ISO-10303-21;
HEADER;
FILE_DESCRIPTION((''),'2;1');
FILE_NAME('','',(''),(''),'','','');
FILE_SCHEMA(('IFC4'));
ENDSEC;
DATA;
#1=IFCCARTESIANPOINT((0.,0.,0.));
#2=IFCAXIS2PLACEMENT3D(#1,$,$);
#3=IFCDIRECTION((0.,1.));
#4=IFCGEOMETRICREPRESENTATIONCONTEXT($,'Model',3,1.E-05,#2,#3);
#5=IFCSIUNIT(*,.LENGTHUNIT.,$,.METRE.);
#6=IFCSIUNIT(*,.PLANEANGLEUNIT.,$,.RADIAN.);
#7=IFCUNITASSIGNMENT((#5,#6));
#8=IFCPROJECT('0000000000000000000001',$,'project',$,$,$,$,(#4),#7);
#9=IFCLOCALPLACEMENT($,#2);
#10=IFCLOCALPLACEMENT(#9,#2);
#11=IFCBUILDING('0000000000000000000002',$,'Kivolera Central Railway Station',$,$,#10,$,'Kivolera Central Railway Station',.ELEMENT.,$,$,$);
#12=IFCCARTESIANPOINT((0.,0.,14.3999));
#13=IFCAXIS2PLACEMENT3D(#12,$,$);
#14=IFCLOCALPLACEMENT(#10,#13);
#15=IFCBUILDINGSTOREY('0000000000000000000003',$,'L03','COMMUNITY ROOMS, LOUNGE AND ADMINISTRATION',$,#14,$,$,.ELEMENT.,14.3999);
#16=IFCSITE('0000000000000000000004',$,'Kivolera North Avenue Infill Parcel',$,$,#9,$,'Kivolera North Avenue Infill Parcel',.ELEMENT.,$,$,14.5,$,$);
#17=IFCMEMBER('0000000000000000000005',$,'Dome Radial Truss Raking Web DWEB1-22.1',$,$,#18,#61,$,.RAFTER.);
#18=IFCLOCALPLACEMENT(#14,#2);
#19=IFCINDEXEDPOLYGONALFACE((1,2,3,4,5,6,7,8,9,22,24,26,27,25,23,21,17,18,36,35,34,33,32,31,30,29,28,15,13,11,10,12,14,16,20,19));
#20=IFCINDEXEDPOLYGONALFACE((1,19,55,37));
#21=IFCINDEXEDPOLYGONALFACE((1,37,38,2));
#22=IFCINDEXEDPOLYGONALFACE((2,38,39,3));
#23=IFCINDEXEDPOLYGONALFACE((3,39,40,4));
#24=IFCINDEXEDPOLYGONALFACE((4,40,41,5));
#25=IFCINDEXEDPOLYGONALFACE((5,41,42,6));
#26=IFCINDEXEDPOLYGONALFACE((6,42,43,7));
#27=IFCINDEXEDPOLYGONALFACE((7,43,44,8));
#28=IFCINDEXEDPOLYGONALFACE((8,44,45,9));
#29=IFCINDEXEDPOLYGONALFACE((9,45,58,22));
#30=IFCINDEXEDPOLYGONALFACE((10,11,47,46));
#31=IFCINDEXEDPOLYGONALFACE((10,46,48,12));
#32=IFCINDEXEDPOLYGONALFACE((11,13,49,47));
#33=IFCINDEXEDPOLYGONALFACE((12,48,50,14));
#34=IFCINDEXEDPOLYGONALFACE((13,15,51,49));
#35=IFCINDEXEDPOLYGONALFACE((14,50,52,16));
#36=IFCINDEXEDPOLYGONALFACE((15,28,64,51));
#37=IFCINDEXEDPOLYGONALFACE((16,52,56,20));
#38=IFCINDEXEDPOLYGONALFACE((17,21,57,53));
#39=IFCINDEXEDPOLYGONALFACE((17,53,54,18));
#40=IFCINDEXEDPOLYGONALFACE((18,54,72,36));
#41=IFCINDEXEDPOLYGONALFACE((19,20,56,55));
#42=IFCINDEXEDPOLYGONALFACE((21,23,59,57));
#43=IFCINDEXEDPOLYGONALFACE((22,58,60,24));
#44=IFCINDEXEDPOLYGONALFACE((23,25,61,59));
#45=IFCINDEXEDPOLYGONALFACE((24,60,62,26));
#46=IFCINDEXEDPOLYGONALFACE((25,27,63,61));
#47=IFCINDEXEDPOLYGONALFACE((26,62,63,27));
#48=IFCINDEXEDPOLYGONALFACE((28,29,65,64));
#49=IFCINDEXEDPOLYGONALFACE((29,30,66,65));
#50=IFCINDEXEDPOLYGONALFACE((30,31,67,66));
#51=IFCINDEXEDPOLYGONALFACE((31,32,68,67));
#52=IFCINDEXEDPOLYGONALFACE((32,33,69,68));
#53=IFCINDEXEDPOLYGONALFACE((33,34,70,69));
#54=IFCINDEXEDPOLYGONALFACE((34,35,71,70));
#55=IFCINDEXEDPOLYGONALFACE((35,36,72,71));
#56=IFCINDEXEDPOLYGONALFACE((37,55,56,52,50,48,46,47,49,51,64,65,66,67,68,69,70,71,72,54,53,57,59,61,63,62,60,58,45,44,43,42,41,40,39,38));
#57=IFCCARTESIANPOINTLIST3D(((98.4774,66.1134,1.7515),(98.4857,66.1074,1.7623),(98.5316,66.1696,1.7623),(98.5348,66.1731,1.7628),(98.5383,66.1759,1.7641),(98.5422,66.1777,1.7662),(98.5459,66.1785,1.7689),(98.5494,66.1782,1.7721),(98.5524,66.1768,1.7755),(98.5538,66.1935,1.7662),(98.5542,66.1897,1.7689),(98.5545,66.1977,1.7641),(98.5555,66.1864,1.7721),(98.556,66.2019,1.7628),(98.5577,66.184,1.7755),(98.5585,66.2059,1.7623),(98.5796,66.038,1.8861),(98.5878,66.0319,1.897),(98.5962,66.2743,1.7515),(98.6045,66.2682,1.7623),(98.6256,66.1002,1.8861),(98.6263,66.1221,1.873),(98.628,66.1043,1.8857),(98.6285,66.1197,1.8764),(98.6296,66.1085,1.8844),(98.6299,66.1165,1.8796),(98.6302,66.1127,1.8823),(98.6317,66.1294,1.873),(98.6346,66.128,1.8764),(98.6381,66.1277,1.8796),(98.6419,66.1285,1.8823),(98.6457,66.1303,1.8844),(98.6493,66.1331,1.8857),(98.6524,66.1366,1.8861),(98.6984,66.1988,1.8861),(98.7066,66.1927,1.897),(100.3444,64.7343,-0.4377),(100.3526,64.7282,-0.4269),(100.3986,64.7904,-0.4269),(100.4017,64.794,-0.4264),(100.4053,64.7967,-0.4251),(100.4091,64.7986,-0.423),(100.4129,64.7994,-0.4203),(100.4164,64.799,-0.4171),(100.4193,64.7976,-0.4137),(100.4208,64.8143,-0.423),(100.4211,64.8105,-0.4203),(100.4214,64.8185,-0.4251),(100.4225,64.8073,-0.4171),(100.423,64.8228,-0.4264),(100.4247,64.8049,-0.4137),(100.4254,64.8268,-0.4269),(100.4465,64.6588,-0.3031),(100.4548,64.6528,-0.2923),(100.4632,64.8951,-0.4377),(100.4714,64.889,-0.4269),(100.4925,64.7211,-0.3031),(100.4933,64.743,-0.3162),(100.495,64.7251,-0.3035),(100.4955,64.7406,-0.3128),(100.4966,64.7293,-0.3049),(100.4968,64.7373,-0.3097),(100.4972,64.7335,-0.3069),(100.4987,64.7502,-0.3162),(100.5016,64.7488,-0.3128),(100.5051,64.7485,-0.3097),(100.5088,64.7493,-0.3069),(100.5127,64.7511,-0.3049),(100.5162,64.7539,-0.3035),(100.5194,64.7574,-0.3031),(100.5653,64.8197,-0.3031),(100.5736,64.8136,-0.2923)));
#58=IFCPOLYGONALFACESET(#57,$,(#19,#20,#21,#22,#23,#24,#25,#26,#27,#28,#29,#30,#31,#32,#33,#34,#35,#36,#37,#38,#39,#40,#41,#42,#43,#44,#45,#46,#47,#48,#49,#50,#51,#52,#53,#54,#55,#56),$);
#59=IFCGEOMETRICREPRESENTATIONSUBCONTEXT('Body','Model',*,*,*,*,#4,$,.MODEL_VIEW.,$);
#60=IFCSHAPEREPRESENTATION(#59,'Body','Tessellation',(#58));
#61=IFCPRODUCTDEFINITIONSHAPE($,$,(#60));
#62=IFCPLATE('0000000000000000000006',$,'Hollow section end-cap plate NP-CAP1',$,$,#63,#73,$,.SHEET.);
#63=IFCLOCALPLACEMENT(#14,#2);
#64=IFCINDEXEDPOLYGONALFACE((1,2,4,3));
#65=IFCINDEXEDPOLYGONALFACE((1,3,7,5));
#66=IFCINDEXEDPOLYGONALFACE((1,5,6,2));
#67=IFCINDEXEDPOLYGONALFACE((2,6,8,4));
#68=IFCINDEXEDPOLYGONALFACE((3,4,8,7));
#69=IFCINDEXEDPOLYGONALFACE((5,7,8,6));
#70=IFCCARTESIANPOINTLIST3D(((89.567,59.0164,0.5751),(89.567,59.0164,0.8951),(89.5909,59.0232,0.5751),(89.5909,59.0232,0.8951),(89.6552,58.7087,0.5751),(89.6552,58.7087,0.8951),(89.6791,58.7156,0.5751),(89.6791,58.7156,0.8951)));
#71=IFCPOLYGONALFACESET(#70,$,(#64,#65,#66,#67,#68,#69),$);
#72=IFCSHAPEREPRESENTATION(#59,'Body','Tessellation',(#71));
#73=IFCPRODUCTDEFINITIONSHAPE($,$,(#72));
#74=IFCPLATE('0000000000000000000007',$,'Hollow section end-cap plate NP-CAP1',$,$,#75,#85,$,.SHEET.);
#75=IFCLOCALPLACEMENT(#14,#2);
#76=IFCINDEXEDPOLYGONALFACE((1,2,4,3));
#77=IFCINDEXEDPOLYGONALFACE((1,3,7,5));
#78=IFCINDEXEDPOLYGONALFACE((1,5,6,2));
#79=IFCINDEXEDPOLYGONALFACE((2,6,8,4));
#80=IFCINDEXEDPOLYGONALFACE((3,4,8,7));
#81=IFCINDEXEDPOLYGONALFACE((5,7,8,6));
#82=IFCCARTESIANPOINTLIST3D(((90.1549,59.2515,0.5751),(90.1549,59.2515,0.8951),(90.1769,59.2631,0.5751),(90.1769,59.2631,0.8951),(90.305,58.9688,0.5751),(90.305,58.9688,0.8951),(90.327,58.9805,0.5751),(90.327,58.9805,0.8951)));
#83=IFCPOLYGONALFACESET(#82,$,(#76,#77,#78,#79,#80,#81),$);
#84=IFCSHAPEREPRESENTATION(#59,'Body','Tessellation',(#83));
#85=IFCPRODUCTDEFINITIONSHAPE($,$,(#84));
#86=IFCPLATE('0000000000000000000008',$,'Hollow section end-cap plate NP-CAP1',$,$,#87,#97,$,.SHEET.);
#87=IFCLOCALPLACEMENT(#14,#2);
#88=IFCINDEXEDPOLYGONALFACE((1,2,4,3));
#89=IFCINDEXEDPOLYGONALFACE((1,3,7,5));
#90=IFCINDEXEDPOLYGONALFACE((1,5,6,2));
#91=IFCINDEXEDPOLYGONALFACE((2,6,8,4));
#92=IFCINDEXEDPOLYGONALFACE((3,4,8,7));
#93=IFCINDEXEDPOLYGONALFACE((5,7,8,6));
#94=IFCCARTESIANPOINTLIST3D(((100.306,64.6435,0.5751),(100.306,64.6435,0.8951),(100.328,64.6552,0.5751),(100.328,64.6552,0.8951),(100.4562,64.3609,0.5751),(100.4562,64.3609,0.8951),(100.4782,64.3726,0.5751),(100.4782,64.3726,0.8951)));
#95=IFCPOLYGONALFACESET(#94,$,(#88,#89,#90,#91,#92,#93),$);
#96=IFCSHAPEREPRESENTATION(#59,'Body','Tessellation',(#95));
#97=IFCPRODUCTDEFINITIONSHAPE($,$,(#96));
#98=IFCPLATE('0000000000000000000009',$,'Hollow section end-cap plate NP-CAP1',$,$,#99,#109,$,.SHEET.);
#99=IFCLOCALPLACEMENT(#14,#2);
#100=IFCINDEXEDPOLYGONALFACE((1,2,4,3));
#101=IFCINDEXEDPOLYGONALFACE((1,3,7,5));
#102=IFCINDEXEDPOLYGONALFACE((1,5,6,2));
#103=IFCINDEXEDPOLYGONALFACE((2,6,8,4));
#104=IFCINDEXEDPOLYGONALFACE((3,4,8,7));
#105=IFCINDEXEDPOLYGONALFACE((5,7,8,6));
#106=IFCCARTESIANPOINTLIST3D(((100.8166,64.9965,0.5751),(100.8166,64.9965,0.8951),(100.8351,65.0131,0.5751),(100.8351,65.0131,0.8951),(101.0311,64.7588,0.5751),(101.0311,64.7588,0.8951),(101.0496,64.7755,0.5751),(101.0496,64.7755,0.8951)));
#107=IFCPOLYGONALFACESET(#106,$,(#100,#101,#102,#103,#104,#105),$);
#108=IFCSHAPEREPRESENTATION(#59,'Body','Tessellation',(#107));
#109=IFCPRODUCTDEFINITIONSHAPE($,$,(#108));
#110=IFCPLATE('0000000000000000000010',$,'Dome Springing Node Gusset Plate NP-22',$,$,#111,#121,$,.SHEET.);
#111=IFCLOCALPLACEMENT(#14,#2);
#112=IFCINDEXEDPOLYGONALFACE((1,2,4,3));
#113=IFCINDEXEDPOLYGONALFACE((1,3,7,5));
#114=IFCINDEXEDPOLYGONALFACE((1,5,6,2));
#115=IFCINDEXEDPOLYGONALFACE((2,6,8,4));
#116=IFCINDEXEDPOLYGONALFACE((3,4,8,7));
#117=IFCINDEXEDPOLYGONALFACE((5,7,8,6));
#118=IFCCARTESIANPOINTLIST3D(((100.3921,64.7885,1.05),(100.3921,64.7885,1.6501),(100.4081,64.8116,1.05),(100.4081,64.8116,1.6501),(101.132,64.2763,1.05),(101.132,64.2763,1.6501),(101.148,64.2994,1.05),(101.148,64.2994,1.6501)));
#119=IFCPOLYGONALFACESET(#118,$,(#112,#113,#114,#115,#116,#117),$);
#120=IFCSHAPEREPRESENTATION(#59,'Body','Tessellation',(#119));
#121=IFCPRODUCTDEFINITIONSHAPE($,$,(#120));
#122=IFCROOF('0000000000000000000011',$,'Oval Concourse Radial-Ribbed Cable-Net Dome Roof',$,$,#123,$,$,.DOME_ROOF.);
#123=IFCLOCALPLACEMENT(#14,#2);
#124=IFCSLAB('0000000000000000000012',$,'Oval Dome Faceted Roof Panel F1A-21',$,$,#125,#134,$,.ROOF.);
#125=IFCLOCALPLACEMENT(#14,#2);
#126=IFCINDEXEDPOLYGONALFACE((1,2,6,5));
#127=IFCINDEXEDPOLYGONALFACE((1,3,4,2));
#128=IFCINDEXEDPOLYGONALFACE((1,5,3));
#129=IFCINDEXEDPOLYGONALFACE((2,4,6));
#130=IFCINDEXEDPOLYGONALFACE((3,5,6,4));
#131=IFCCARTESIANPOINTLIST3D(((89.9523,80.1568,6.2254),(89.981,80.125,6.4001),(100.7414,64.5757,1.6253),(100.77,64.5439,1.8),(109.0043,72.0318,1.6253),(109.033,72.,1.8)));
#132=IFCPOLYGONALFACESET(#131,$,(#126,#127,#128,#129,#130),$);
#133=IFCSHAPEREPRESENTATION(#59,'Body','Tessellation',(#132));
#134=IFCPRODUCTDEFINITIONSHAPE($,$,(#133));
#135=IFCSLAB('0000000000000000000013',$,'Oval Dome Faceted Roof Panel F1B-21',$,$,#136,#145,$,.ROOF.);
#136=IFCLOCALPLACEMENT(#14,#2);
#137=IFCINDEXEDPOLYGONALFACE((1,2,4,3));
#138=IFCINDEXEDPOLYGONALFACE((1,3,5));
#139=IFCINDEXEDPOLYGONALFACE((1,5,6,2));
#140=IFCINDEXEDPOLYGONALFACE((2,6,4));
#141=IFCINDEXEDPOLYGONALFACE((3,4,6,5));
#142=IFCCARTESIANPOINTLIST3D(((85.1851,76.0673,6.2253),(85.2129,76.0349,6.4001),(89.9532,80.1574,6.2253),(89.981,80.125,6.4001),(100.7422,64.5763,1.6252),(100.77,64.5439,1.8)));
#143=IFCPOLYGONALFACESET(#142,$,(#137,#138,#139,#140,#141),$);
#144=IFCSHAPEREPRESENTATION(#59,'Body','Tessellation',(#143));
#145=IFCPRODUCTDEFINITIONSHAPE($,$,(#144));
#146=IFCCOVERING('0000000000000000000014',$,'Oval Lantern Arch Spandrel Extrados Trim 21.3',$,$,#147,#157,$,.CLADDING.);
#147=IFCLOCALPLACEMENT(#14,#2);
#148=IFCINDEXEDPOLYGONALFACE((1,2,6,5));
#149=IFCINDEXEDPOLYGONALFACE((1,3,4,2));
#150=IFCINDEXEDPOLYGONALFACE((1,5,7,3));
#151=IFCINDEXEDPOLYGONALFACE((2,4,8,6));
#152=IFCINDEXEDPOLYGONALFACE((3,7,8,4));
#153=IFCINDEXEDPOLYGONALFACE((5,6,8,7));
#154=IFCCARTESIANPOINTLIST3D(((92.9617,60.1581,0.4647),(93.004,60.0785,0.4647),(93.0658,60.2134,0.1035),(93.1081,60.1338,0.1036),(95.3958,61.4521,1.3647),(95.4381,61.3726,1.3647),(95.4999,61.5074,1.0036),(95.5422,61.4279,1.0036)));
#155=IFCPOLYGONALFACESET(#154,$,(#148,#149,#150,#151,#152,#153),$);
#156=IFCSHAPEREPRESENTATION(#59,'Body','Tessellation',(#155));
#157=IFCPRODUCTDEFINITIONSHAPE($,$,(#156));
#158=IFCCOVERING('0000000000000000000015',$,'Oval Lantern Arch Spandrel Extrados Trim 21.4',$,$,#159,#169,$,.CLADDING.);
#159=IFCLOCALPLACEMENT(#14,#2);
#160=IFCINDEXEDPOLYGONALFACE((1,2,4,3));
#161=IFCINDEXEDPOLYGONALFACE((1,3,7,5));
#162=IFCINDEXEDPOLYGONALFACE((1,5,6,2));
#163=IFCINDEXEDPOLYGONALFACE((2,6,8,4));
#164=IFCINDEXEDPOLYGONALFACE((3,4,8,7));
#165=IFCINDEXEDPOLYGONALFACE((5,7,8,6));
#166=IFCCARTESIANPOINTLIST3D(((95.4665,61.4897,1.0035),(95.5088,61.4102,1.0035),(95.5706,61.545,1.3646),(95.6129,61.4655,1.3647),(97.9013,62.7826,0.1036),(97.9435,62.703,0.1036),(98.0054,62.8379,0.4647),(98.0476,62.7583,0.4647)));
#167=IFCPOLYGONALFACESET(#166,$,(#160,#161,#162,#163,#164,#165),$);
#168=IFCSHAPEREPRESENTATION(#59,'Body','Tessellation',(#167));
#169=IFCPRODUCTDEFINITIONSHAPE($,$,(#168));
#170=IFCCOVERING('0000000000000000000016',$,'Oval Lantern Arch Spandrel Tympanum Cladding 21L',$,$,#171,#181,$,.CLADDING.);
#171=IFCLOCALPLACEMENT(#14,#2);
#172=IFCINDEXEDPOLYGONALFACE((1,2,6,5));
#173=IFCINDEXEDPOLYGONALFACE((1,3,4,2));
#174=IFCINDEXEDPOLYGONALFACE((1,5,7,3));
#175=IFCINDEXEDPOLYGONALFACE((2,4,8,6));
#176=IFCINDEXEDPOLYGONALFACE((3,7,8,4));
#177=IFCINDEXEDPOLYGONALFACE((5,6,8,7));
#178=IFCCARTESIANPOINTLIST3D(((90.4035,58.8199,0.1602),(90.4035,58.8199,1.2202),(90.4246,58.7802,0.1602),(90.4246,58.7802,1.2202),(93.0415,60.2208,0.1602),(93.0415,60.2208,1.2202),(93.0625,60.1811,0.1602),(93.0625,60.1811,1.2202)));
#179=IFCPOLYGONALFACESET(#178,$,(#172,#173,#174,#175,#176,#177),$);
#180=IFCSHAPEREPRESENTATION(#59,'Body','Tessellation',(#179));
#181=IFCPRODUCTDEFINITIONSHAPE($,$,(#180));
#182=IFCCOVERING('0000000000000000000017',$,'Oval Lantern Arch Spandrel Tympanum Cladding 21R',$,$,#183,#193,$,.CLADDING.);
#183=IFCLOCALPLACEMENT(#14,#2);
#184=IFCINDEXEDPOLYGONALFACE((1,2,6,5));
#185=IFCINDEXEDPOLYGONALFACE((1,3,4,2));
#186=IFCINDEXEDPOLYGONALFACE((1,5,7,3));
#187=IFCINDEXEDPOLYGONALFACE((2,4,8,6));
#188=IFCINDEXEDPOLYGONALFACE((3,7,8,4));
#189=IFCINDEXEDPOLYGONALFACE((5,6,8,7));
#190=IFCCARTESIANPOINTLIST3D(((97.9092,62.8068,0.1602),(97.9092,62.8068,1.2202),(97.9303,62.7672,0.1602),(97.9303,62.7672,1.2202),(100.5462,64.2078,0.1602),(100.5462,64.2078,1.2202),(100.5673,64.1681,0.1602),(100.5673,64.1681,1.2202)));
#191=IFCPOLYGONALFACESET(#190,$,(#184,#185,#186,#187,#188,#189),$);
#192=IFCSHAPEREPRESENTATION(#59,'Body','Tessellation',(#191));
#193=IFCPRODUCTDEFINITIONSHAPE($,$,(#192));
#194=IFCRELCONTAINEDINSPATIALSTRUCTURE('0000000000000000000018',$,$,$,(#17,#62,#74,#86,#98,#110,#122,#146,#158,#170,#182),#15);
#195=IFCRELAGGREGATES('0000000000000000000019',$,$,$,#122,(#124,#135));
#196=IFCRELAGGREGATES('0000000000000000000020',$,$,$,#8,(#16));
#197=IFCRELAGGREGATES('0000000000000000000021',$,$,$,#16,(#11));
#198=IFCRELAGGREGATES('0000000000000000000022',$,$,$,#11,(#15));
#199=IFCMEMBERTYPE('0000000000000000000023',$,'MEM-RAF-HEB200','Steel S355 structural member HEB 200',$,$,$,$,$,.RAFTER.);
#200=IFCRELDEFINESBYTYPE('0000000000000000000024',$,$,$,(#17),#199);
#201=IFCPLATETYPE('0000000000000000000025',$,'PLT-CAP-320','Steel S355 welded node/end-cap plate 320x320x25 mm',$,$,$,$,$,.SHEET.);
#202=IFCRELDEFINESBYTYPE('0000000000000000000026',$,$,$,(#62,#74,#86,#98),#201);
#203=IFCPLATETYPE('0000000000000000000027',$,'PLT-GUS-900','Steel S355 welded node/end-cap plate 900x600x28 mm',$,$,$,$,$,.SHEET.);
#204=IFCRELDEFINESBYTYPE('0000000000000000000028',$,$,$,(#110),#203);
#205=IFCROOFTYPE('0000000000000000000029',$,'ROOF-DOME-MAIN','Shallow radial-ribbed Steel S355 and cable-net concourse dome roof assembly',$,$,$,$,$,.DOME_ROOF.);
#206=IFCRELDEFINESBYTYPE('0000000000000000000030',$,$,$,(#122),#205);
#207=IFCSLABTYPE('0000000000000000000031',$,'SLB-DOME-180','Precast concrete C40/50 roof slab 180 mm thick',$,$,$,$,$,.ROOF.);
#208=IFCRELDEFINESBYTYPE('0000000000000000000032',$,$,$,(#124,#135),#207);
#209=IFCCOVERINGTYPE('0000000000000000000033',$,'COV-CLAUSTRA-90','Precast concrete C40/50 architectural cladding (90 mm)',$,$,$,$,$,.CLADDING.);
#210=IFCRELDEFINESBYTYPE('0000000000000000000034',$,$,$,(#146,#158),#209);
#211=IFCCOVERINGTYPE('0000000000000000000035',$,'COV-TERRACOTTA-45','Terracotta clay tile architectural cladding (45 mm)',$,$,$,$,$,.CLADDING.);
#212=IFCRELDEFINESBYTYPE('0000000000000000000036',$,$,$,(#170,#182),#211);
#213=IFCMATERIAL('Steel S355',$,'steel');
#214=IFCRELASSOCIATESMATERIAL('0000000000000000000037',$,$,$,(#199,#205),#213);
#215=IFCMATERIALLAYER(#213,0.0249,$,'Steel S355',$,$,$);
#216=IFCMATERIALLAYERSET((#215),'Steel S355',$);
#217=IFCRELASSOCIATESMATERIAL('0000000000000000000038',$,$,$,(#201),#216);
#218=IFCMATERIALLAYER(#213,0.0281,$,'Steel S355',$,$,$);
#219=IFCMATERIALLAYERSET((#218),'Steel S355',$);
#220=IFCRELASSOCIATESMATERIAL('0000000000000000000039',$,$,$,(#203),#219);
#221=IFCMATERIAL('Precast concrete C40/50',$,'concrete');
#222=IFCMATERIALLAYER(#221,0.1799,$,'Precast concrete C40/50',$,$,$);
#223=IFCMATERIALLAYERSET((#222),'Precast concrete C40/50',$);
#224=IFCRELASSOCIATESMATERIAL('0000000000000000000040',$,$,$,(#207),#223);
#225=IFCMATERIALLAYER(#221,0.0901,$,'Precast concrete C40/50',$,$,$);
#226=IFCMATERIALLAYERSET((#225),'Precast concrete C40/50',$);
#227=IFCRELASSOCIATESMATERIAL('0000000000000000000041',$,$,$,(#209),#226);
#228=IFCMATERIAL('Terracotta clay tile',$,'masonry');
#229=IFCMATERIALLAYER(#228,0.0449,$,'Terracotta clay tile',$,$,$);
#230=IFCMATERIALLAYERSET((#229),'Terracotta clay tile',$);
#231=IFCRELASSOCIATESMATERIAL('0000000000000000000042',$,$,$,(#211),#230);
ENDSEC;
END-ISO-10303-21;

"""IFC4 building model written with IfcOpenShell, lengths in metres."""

from ifc_helpers import new_model, si_unit, direction, frame, frame_2d, origin, origin_2d, place, context, subcontext, project, spatial, polyline, rectangle, i_section, outline, extrude, material, layer, layer_set, material_profile, profile_set, type_object, element, aggregate, save


model = new_model("IFC4")

# Units and contexts
model_context = context("Model", 3, precision=1e-05, world=origin(), true_north=direction((0.0, 1.0)))
body_context = subcontext(model_context, "Body", "Model", "MODEL_VIEW")
ifc_project = project(units=[si_unit("LENGTHUNIT", "METRE"), si_unit("PLANEANGLEUNIT", "RADIAN")], contexts=[model_context])

# Site, building, storey
site_placement = place(None, origin())
site = spatial("IfcSite", under=ifc_project, at=site_placement, Name="Kivolera North Avenue Infill Parcel", LongName="Kivolera North Avenue Infill Parcel", CompositionType="ELEMENT", RefElevation=14.5)
building_placement = place(site_placement, origin())
building = spatial("IfcBuilding", under=site, at=building_placement, Name="Kivolera Central Railway Station", LongName="Kivolera Central Railway Station", CompositionType="ELEMENT")
storey_placement = place(building_placement, frame((0.0, 0.0, 14.3999)))
storey = spatial("IfcBuildingStorey", under=building, at=storey_placement, Name="L03", Description="COMMUNITY ROOMS, LOUNGE AND ADMINISTRATION", CompositionType="ELEMENT", Elevation=14.3999)

# Shared definitions
ifc_material_1 = material(Name="Steel S355", Category="steel")

# Member
ifc_material_profile_1 = material_profile(ifc_material_1, i_section(OverallWidth=0.2, OverallDepth=0.2, WebThickness=0.009, FlangeThickness=0.0149, FilletRadius=0.0181, at=origin_2d()), Name="HEB 200")
ifc_profile_set_1 = profile_set([ifc_material_profile_1], Name="Steel S355")
member_type_1 = type_object("IfcMemberType", Name="MEM-RAF-HEB200", Description="Steel S355 structural member HEB 200", PredefinedType="RAFTER", material=ifc_profile_set_1)
member_1_placement = place(storey_placement, frame((100.459, 64.7739, -0.365), z_axis=(-0.585132, 0.432249, 0.686135), x_axis=(-0.594178, -0.804334, 0.0)))
element("IfcMember", 1, at=member_1_placement, inside=storey, type_object=member_type_1, Name="Dome Radial Truss Raking Web DWEB1-22.1", PredefinedType="RAFTER", context=body_context, shape_type="SweptSolid", body=[
    extrude(i_section(OverallWidth=0.2, OverallDepth=0.2, WebThickness=0.009, FlangeThickness=0.0149, FilletRadius=0.0181, at=origin_2d()), origin(), (0.0, 0.0, 1.0), 3.1907),
])

# Plates
ifc_layer_1 = layer(ifc_material_1, 0.0249, Name="Steel S355")
ifc_layer_set_1 = layer_set([ifc_layer_1], Name="Steel S355")
plate_type_1 = type_object("IfcPlateType", Name="PLT-CAP-320", Description="Steel S355 welded node/end-cap plate 320x320x25 mm", PredefinedType="SHEET", material=ifc_layer_set_1)
for number, where, z_axis, x_axis, name in (
    (2, (89.623, 58.866, 0.7351), (0.961251, 0.275674, 0.0), (-0.275674, 0.961251, 0.0), "Hollow section end-cap plate NP-CAP1"),
    (3, (90.241, 59.116, 0.7351), (0.883133, 0.469123, 0.0), (-0.469123, 0.883133, 0.0), "Hollow section end-cap plate NP-CAP1"),
    (4, (100.3921, 64.5081, 0.7351), (0.883133, 0.469123, 0.0), (-0.469123, 0.883133, 0.0), "Hollow section end-cap plate NP-CAP1"),
    (5, (100.9331, 64.886, 0.7351), (0.742406, 0.66995, 0.0), (-0.66995, 0.742406, 0.0), "Hollow section end-cap plate NP-CAP1"),
):
    element("IfcPlate", number, at=place(storey_placement, frame(where, z_axis=z_axis, x_axis=x_axis)), inside=storey, type_object=plate_type_1, Name=name, PredefinedType="SHEET", context=body_context, shape_type="SweptSolid", body=[
        extrude(rectangle(XDim=0.3201, YDim=0.3201, at=origin_2d()), frame((0.0, 0.0, -0.0125)), (0.0, 0.0, 1.0), 0.0249),
    ])
ifc_layer_2 = layer(ifc_material_1, 0.0281, Name="Steel S355")
ifc_layer_set_2 = layer_set([ifc_layer_2], Name="Steel S355")
plate_type_2 = type_object("IfcPlateType", Name="PLT-GUS-900", Description="Steel S355 welded node/end-cap plate 900x600x28 mm", PredefinedType="SHEET", material=ifc_layer_set_2)
plate_placement = place(storey_placement, frame((100.77, 64.5439, 1.05), z_axis=(0.0, 0.0, 1.0), x_axis=(0.822194, -0.569208, 0.0)))
element("IfcPlate", 6, at=plate_placement, inside=storey, type_object=plate_type_2, Name="Dome Springing Node Gusset Plate NP-22", PredefinedType="SHEET", context=body_context, shape_type="SweptSolid", body=[
    extrude(rectangle(XDim=0.8999, YDim=0.0281, at=origin_2d()), origin(), (0.0, 0.0, 1.0), 0.6001),
])

# Roof, slabs
roof_type = type_object("IfcRoofType", Name="ROOF-DOME-MAIN", Description="Shallow radial-ribbed Steel S355 and cable-net concourse dome roof assembly", PredefinedType="DOME_ROOF", material=ifc_material_1)
roof_placement = place(storey_placement, origin())
roof = element("IfcRoof", 7, at=roof_placement, inside=storey, type_object=roof_type, Name="Oval Concourse Radial-Ribbed Cable-Net Dome Roof", PredefinedType="DOME_ROOF")
ifc_material_2 = material(Name="Precast concrete C40/50", Category="concrete")
ifc_layer_3 = layer(ifc_material_2, 0.1799, Name="Precast concrete C40/50")
ifc_layer_set_3 = layer_set([ifc_layer_3], Name="Precast concrete C40/50")
slab_type = type_object("IfcSlabType", Name="SLB-DOME-180", Description="Precast concrete C40/50 roof slab 180 mm thick", PredefinedType="ROOF", material=ifc_layer_set_3)
slab_1_placement = place(storey_placement, frame((100.77, 64.5439, 1.8), z_axis=(0.159259, -0.176494, 0.971332), x_axis=(0.742426, 0.669928, 0.0)))
slab_1 = element("IfcSlab", 8, at=slab_1_placement, type_object=slab_type, Name="Oval Dome Faceted Roof Panel F1A-21", PredefinedType="ROOF", context=body_context, shape_type="SweptSolid", body=[
    extrude(outline(polyline([(0.0, 0.0), (11.1296, 0.0), (2.4281, 19.3504), (0.0, 0.0)])), origin(), (0.0, 0.0, -1.0), 0.1799),
])
slab_2_placement = place(storey_placement, frame((100.77, 64.5439, 1.8), z_axis=(0.154353, -0.179939, 0.971492), x_axis=(-0.553224, 0.79894, 0.235876)))
slab_2 = element("IfcSlab", 9, at=slab_2_placement, type_object=slab_type, Name="Oval Dome Faceted Roof Panel F1B-21", PredefinedType="ROOF", context=body_context, shape_type="SweptSolid", body=[
    extrude(outline(polyline([(0.0, 0.0), (19.5022, 0.0), (18.8722, 6.2503), (0.0, 0.0)])), origin(), (0.0, 0.0, -1.0), 0.1799),
])
aggregate(roof, [slab_1, slab_2])

# Coverings
ifc_layer_4 = layer(ifc_material_2, 0.0901, Name="Precast concrete C40/50")
ifc_layer_set_4 = layer_set([ifc_layer_4], Name="Precast concrete C40/50")
covering_type_1 = type_object("IfcCoveringType", Name="COV-CLAUSTRA-90", Description="Precast concrete C40/50 architectural cladding (90 mm)", PredefinedType="CLADDING", material=ifc_layer_set_4)
for number, where, z_axis, x_axis, name in (
    (10, (94.252, 60.793, 0.7341), (0.839371, 0.446239, 0.310367), (0.469119, -0.883135, 0.0), "Oval Lantern Arch Spandrel Extrados Trim 21.3"),
    (11, (96.7571, 62.124, 0.7341), (0.839602, 0.445834, -0.310325), (0.469119, -0.883135, 0.0), "Oval Lantern Arch Spandrel Extrados Trim 21.4"),
):
    element("IfcCovering", number, at=place(storey_placement, frame(where, z_axis=z_axis, x_axis=x_axis)), inside=storey, type_object=covering_type_1, Name=name, PredefinedType="CLADDING", context=body_context, shape_type="SweptSolid", body=[
        extrude(rectangle(XDim=0.0901, YDim=0.3799, at=origin_2d()), frame((0.0, 0.0, -1.45)), (0.0, 0.0, 1.0), 2.8999),
    ])
ifc_material_3 = material(Name="Terracotta clay tile", Category="masonry")
ifc_layer_5 = layer(ifc_material_3, 0.0449, Name="Terracotta clay tile")
ifc_layer_set_5 = layer_set([ifc_layer_5], Name="Terracotta clay tile")
covering_type_2 = type_object("IfcCoveringType", Name="COV-TERRACOTTA-45", Description="Terracotta clay tile architectural cladding (45 mm)", PredefinedType="CLADDING", material=ifc_layer_set_5)
covering_1_placement = place(storey_placement, frame((93.052, 60.2009, 0.1602), z_axis=(0.0, 0.0, 1.0), x_axis=(-0.883189, -0.469018, 0.0)))
element("IfcCovering", 12, at=covering_1_placement, inside=storey, type_object=covering_type_2, Name="Oval Lantern Arch Spandrel Tympanum Cladding 21L", PredefinedType="CLADDING", context=body_context, shape_type="SweptSolid", body=[
    extrude(rectangle(XDim=2.9868, YDim=0.0449, at=frame_2d((1.4934, 0.0))), origin(), (0.0, 0.0, 1.0), 1.0601),
])
covering_2_placement = place(storey_placement, frame((100.5569, 64.188, 0.1602), z_axis=(0.0, 0.0, 1.0), x_axis=(-0.883117, -0.469153, 0.0)))
element("IfcCovering", 13, at=covering_2_placement, inside=storey, type_object=covering_type_2, Name="Oval Lantern Arch Spandrel Tympanum Cladding 21R", PredefinedType="CLADDING", context=body_context, shape_type="SweptSolid", body=[
    extrude(rectangle(XDim=2.9861, YDim=0.0449, at=frame_2d((1.4932, 0.0))), origin(), (0.0, 0.0, 1.0), 1.0601),
])

save(model, "model.ifc")
